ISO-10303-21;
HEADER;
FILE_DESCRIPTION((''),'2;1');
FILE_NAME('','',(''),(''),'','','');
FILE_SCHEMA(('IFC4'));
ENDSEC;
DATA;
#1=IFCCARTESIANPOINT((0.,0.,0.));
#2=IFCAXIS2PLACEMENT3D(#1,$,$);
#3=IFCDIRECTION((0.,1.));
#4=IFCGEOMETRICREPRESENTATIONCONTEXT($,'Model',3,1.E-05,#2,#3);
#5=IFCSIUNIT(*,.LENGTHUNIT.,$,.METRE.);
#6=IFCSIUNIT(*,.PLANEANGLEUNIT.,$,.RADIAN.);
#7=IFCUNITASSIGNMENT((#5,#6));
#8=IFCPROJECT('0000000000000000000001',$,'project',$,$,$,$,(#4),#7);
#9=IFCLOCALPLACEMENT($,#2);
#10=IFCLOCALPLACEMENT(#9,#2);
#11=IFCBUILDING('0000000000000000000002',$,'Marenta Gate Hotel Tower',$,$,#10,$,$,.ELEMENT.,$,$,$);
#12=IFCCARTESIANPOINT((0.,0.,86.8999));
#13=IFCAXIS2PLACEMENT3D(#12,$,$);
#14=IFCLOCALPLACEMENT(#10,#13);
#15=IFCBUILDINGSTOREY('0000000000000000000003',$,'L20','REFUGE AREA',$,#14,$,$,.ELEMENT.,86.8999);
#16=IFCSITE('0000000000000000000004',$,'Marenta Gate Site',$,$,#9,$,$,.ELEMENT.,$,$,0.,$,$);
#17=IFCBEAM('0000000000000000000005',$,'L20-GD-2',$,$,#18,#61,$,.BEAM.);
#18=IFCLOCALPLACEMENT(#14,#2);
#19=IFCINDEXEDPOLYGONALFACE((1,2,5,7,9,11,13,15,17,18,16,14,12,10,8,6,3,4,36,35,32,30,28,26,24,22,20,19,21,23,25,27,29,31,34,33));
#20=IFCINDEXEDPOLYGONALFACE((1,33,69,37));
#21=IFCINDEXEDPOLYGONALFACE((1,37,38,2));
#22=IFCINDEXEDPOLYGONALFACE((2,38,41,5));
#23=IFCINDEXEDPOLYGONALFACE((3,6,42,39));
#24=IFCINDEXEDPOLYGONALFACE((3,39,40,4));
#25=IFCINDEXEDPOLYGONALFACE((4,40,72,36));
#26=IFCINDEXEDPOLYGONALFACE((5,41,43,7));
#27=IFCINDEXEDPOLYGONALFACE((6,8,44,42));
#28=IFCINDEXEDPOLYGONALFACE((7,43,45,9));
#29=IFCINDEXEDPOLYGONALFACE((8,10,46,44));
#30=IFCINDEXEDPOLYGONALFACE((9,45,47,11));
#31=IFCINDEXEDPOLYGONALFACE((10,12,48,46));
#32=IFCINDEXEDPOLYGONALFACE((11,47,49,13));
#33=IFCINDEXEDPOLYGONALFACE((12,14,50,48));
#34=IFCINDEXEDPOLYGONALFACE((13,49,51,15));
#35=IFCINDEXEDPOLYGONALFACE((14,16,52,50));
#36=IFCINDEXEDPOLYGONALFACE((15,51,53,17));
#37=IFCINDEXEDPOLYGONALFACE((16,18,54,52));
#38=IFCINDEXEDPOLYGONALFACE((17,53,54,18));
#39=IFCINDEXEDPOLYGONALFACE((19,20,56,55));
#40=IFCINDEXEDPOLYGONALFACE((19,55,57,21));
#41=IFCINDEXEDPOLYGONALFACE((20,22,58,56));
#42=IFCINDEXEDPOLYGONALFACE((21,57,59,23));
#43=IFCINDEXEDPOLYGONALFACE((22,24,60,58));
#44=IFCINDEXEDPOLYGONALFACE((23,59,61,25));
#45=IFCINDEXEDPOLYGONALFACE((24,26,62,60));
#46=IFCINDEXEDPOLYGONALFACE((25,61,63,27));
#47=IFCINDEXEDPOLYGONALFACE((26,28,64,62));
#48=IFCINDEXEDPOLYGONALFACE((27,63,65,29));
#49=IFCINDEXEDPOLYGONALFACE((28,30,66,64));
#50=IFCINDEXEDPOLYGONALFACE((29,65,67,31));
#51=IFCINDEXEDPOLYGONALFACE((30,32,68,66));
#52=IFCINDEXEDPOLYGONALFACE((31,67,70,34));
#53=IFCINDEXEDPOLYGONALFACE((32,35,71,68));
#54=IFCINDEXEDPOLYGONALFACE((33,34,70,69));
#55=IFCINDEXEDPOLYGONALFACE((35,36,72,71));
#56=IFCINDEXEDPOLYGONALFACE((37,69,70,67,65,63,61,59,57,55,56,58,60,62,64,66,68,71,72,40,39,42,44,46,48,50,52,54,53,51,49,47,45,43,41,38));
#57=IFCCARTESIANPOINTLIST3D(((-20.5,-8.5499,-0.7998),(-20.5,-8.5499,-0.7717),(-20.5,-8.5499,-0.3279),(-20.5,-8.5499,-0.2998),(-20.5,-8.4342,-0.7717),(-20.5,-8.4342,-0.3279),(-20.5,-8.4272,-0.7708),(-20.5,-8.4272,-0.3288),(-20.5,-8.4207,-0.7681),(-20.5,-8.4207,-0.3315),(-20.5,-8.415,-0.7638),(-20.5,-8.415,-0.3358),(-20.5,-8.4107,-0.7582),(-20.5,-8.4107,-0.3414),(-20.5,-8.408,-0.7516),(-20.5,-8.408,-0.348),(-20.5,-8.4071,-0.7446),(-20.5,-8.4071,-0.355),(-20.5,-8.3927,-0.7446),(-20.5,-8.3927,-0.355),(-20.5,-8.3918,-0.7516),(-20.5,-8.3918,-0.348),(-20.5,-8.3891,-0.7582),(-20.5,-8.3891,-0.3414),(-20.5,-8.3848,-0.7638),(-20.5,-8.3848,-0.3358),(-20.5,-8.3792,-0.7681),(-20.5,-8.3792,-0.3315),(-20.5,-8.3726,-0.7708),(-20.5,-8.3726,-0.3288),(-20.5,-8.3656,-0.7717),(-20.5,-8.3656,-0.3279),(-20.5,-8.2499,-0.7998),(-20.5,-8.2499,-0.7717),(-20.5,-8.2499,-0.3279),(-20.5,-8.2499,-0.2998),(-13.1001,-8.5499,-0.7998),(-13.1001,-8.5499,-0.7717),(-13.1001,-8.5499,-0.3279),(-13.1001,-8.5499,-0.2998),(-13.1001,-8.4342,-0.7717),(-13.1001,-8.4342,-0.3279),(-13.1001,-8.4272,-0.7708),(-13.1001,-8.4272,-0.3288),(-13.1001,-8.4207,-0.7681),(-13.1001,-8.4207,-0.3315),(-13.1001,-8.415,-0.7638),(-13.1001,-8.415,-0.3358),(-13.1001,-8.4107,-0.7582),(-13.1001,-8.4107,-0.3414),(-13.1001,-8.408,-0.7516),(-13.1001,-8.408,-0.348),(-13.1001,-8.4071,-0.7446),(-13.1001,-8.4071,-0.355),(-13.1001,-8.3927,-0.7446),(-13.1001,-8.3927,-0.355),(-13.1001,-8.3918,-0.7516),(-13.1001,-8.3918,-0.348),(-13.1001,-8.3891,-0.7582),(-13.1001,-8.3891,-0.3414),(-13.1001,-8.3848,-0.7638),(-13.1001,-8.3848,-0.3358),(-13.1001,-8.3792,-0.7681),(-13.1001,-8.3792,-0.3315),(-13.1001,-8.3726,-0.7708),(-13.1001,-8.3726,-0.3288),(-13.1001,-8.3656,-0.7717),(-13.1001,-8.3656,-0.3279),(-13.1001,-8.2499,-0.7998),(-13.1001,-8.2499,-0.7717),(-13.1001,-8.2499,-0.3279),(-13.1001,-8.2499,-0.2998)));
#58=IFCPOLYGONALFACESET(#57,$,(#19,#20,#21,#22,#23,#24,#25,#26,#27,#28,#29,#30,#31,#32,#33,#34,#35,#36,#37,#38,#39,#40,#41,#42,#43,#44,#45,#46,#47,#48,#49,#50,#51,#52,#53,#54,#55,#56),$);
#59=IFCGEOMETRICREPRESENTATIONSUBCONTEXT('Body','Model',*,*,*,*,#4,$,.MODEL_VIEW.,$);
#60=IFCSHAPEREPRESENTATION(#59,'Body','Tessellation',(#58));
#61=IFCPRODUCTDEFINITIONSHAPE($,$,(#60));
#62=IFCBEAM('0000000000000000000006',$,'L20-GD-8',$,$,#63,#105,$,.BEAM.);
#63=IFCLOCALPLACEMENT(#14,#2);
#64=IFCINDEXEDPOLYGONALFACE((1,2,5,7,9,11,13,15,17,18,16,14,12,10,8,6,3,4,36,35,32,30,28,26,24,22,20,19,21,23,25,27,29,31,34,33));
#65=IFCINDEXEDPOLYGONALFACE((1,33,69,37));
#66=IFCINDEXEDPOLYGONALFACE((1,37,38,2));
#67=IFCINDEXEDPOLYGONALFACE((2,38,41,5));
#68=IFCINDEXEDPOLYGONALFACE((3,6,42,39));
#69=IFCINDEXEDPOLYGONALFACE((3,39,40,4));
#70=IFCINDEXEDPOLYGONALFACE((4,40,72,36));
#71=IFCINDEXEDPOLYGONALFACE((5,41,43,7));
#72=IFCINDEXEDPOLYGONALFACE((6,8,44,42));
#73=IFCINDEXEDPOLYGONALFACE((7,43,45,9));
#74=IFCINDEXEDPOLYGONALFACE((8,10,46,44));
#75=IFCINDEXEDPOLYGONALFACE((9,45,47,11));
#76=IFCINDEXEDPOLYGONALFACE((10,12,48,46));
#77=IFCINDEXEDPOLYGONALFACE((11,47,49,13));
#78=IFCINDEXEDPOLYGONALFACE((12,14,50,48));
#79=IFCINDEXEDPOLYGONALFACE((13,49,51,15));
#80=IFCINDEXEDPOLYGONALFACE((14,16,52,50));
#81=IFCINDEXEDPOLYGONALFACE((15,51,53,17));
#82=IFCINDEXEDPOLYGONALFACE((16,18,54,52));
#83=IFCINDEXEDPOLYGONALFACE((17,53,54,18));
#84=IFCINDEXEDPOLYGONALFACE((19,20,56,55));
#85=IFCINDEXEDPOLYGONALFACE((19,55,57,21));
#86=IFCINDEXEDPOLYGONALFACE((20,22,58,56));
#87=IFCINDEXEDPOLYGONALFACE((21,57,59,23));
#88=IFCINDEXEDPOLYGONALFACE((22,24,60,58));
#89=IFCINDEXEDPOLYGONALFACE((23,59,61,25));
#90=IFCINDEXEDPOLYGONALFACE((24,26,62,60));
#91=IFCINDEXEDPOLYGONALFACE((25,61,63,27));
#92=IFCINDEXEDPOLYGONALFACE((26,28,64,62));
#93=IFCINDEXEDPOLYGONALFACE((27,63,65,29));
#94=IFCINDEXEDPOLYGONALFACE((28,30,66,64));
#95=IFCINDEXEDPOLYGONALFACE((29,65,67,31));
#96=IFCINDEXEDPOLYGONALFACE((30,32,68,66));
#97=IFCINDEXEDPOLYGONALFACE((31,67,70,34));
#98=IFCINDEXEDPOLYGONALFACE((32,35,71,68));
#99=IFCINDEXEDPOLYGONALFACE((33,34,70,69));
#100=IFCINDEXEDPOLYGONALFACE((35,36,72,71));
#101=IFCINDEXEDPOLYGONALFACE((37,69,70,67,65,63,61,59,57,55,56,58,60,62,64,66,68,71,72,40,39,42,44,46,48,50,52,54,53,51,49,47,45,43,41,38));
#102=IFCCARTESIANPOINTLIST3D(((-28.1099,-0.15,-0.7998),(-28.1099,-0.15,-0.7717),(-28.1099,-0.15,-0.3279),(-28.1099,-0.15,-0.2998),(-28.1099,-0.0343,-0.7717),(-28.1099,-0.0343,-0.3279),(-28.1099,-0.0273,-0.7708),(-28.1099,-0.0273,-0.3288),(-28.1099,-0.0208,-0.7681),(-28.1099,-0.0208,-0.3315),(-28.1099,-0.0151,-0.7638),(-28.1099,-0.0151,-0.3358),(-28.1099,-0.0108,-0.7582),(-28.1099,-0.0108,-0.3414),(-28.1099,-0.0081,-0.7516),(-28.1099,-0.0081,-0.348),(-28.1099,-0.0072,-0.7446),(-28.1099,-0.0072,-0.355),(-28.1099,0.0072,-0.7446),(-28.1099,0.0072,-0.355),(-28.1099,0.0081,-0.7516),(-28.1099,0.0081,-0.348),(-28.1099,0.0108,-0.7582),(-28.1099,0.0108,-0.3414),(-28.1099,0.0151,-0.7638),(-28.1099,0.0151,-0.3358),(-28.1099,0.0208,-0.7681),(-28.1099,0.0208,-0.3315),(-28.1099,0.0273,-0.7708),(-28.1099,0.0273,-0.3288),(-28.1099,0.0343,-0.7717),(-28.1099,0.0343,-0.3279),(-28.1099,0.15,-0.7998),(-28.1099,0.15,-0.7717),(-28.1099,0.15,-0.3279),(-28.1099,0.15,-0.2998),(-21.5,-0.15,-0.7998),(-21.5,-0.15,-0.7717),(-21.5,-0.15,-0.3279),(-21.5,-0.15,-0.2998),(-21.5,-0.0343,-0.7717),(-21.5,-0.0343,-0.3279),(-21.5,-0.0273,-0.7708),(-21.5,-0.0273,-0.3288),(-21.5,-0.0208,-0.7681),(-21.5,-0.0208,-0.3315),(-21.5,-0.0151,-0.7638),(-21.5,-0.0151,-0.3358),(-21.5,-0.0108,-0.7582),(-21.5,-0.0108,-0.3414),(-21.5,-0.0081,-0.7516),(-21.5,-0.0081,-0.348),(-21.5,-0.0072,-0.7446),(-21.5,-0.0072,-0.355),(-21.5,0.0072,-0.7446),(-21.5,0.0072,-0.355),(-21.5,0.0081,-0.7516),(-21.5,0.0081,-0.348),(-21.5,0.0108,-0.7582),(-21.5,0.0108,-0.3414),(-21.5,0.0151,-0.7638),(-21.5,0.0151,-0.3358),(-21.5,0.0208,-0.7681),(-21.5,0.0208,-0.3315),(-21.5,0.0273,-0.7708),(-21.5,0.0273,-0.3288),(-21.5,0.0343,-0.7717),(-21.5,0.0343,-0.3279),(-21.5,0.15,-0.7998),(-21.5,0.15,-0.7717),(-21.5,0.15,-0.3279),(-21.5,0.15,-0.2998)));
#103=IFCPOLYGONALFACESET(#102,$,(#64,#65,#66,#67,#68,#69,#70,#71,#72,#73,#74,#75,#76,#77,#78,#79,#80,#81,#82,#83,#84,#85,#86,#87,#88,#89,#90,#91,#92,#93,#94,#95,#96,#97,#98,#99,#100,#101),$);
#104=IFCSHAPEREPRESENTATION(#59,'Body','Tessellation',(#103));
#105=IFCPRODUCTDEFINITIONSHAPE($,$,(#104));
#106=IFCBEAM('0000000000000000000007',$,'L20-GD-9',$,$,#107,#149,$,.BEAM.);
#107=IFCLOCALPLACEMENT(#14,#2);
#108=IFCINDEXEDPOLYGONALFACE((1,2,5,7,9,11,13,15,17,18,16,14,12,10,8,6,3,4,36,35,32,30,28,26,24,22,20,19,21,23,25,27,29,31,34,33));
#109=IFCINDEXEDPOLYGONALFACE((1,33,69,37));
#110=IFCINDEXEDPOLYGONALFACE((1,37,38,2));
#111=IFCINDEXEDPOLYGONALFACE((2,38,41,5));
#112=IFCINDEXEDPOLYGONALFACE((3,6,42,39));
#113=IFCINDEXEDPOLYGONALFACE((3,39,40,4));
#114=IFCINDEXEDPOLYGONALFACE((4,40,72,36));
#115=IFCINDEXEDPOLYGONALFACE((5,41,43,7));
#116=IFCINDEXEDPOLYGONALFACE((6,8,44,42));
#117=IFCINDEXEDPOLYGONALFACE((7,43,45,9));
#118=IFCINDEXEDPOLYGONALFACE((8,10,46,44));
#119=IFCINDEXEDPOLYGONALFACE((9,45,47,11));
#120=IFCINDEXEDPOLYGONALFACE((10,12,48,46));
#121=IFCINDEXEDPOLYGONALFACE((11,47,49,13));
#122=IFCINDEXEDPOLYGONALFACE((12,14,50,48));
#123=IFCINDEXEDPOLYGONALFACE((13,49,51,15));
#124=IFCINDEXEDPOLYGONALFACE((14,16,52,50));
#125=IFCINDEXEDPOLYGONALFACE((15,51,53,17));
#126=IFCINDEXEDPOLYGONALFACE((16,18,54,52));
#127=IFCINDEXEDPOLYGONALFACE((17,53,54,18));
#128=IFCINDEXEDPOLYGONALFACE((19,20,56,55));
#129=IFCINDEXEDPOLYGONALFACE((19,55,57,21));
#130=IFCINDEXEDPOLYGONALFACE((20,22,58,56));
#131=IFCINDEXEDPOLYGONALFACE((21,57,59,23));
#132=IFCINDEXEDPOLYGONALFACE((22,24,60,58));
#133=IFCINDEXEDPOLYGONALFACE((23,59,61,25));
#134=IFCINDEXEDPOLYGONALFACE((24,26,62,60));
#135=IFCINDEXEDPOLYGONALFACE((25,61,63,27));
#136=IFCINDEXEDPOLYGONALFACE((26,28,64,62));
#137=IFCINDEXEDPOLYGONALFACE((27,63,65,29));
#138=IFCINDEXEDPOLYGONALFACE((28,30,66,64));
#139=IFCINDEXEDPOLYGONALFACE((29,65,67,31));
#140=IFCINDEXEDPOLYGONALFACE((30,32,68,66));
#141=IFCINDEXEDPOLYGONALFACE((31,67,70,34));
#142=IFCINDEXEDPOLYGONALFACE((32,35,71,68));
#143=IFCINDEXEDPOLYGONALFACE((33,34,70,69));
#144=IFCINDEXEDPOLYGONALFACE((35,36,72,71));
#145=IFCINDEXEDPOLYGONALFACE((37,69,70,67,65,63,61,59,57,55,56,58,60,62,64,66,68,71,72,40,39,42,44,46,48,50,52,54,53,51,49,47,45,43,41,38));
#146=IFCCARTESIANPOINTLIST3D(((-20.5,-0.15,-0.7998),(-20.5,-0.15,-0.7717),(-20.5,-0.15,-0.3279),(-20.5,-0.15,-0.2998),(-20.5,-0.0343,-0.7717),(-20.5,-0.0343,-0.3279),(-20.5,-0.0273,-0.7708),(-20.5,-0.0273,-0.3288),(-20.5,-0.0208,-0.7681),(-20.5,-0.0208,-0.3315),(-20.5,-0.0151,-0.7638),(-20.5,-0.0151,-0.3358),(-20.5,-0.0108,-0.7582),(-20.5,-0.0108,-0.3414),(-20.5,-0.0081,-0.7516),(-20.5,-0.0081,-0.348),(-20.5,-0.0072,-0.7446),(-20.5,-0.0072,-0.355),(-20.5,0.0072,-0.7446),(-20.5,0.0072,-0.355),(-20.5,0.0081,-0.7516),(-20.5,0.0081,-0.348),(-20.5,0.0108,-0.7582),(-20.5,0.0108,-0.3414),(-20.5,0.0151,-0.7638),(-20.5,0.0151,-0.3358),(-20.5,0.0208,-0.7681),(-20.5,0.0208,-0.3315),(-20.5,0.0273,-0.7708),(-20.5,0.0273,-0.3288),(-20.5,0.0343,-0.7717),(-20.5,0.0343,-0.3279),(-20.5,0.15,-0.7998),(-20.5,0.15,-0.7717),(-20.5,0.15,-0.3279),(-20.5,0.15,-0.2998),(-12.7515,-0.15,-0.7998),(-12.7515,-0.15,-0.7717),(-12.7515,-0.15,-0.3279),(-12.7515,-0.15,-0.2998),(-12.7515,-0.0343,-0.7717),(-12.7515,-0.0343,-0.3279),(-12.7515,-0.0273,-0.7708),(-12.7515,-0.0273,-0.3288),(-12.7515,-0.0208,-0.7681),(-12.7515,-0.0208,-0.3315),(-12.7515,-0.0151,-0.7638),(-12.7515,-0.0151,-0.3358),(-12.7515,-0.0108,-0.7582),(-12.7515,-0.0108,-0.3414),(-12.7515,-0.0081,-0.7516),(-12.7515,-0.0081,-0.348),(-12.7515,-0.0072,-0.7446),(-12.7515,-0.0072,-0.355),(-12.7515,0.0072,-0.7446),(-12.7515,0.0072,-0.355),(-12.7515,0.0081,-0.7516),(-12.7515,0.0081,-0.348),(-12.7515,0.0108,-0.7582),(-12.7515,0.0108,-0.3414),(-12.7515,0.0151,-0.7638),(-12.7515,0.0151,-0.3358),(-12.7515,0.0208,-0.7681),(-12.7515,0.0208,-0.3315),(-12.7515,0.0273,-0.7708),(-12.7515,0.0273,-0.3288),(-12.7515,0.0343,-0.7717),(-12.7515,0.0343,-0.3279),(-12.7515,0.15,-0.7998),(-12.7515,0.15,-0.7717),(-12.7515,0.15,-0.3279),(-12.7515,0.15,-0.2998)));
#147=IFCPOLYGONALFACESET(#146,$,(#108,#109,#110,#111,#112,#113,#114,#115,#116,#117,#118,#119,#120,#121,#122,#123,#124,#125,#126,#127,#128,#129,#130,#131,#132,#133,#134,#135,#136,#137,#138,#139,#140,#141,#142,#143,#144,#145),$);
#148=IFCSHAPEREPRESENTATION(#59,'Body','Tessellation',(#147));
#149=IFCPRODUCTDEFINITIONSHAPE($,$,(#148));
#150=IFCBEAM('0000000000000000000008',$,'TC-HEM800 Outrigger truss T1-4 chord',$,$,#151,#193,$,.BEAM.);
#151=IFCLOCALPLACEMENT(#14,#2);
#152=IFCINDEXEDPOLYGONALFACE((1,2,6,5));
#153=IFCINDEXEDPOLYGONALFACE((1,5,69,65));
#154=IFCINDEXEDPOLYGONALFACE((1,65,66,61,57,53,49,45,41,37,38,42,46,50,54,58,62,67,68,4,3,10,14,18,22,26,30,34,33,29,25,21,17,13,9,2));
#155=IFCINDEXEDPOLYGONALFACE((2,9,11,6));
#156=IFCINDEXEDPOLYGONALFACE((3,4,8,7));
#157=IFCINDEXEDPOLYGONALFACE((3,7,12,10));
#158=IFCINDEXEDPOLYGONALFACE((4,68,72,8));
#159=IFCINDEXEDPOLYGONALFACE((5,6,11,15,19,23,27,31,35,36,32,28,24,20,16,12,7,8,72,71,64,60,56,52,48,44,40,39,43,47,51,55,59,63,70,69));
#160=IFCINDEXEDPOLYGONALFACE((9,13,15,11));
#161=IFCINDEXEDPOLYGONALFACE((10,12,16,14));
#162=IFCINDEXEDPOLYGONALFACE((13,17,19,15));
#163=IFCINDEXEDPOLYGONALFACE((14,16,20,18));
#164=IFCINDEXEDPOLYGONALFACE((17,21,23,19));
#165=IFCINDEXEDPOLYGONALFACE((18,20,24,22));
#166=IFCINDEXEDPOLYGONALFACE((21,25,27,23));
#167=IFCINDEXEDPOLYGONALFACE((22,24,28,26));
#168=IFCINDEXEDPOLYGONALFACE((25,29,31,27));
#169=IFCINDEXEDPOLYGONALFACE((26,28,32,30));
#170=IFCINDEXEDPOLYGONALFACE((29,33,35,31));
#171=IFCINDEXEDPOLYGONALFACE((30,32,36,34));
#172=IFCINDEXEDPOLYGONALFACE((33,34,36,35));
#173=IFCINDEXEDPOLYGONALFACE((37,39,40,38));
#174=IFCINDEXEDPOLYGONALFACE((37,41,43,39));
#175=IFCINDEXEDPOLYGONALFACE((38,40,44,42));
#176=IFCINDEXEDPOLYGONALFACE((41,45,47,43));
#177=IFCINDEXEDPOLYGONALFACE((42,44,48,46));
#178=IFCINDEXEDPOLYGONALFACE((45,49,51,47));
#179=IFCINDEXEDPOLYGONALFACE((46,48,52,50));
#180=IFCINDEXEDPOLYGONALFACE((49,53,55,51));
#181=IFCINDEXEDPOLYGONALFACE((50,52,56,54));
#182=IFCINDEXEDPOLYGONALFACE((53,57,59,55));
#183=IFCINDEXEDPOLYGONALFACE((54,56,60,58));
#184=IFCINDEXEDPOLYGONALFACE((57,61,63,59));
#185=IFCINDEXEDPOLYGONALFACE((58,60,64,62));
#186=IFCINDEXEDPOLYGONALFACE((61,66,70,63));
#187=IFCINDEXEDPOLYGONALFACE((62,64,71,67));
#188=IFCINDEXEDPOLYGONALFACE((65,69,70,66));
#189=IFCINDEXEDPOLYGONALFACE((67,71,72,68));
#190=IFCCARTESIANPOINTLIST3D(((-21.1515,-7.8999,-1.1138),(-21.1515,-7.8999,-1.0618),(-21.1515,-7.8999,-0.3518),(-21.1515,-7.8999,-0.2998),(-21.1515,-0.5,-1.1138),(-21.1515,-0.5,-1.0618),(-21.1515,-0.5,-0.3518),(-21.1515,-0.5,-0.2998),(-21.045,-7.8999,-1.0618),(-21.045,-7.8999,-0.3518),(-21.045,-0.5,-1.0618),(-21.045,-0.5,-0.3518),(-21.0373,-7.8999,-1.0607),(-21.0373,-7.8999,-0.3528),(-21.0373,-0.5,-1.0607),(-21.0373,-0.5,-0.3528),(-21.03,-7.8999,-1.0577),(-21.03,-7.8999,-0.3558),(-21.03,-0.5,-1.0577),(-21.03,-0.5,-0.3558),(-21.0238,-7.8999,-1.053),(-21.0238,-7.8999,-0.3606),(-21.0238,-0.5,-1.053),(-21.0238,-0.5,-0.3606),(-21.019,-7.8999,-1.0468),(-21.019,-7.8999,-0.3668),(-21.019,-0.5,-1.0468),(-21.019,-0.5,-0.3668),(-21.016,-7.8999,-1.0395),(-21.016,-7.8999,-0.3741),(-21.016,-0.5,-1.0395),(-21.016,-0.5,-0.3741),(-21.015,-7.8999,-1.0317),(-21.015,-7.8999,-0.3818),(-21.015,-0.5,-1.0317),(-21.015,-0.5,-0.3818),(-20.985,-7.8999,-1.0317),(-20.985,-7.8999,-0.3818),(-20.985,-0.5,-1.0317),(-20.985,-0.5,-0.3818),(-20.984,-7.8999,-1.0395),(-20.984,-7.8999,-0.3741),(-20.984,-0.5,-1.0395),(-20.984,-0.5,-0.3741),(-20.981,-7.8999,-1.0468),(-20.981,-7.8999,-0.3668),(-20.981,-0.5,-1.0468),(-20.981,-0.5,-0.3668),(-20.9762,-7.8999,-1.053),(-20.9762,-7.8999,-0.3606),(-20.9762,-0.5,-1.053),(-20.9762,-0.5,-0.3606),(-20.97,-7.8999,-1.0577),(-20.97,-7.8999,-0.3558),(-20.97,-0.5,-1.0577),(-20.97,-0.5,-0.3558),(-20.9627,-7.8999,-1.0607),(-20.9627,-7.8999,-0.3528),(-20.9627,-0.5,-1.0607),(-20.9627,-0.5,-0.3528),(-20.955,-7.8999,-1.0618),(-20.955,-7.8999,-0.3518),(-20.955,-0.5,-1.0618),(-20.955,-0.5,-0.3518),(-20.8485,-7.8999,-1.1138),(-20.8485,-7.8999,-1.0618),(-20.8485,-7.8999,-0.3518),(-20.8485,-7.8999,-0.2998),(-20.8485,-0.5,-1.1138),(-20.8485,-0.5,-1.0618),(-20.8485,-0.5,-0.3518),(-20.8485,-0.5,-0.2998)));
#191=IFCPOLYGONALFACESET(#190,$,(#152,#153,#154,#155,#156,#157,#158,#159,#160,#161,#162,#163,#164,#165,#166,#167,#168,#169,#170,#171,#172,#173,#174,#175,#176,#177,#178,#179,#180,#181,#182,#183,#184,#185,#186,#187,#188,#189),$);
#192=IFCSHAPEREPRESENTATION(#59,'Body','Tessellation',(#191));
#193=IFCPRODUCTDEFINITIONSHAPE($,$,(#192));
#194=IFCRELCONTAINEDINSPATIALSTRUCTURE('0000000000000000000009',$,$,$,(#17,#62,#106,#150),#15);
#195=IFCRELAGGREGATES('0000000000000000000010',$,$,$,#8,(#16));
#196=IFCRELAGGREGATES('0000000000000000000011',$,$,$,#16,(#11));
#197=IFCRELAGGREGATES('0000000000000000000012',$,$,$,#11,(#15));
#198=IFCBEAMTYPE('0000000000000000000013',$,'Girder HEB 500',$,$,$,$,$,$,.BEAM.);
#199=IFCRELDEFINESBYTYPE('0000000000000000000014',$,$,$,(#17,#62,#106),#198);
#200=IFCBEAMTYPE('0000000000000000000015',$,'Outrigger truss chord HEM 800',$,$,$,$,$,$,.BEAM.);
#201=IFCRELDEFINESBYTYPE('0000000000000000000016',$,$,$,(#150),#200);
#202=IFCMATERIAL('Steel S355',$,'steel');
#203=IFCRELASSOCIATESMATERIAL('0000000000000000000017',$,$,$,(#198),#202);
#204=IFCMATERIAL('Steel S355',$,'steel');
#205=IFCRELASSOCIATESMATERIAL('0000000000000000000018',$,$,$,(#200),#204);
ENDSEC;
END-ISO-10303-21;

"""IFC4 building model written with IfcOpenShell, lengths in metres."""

from ifc_helpers import new_model, si_unit, direction, frame, origin, origin_2d, place, context, subcontext, project, spatial, i_section, extrude, material, material_profile, profile_set, type_object, element, save


model = new_model("IFC4")

# Units and contexts
model_context = context("Model", 3, precision=1e-05, world=origin(), true_north=direction((0.0, 1.0)))
body_context = subcontext(model_context, "Body", "Model", "MODEL_VIEW")
ifc_project = project(units=[si_unit("LENGTHUNIT", "METRE"), si_unit("PLANEANGLEUNIT", "RADIAN")], contexts=[model_context])

# Site, building, storey
site_placement = place(None, origin())
site = spatial("IfcSite", under=ifc_project, at=site_placement, Name="Marenta Gate Site", CompositionType="ELEMENT", RefElevation=0.0)
building_placement = place(site_placement, origin())
building = spatial("IfcBuilding", under=site, at=building_placement, Name="Marenta Gate Hotel Tower", CompositionType="ELEMENT")
storey_placement = place(building_placement, frame((0.0, 0.0, 86.8999)))
storey = spatial("IfcBuildingStorey", under=building, at=storey_placement, Name="L20", Description="REFUGE AREA", CompositionType="ELEMENT", Elevation=86.8999)

# Beams
ifc_material_1 = material(Name="Steel S355", Category="steel")
ifc_material_profile_1 = material_profile(ifc_material_1, i_section(OverallWidth=0.3, OverallDepth=0.5, WebThickness=0.0144, FlangeThickness=0.0281, FilletRadius=0.0271, at=origin_2d()), Name="HEB 500")
ifc_profile_set_1 = profile_set([ifc_material_profile_1], Name="Steel S355")
beam_type_1 = type_object("IfcBeamType", Name="Girder HEB 500", PredefinedType="BEAM", material=ifc_profile_set_1)
beam_1_placement = place(storey_placement, frame((-20.5, -8.3999, -0.5498), z_axis=(1.0, 0.0, 0.0), x_axis=(0.0, 1.0, 0.0)))
element("IfcBeam", 1, at=beam_1_placement, inside=storey, type_object=beam_type_1, Name="L20-GD-2", PredefinedType="BEAM", context=body_context, shape_type="SweptSolid", body=[
    extrude(i_section(OverallWidth=0.3, OverallDepth=0.5, WebThickness=0.0144, FlangeThickness=0.0281, FilletRadius=0.0271, at=origin_2d()), origin(), (0.0, 0.0, 1.0), 7.3999),
])
beam_2_placement = place(storey_placement, frame((-28.1099, 0.0, -0.5498), z_axis=(1.0, 0.0, 0.0), x_axis=(0.0, 1.0, 0.0)))
element("IfcBeam", 2, at=beam_2_placement, inside=storey, type_object=beam_type_1, Name="L20-GD-8", PredefinedType="BEAM", context=body_context, shape_type="SweptSolid", body=[
    extrude(i_section(OverallWidth=0.3, OverallDepth=0.5, WebThickness=0.0144, FlangeThickness=0.0281, FilletRadius=0.0271, at=origin_2d()), origin(), (0.0, 0.0, 1.0), 6.6099),
])
beam_3_placement = place(storey_placement, frame((-20.5, 0.0, -0.5498), z_axis=(1.0, 0.0, 0.0), x_axis=(0.0, 1.0, 0.0)))
element("IfcBeam", 3, at=beam_3_placement, inside=storey, type_object=beam_type_1, Name="L20-GD-9", PredefinedType="BEAM", context=body_context, shape_type="SweptSolid", body=[
    extrude(i_section(OverallWidth=0.3, OverallDepth=0.5, WebThickness=0.0144, FlangeThickness=0.0281, FilletRadius=0.0271, at=origin_2d()), origin(), (0.0, 0.0, 1.0), 7.7485),
])
ifc_material_2 = material(Name="Steel S355", Category="steel")
ifc_material_profile_2 = material_profile(ifc_material_2, i_section(OverallWidth=0.303, OverallDepth=0.814, WebThickness=0.03, FlangeThickness=0.052, FilletRadius=0.03, at=origin_2d()), Name="HEM 800")
ifc_profile_set_2 = profile_set([ifc_material_profile_2], Name="Steel S355")
beam_type_2 = type_object("IfcBeamType", Name="Outrigger truss chord HEM 800", PredefinedType="BEAM", material=ifc_profile_set_2)
beam_4_placement = place(storey_placement, frame((-21.0, -0.5, -0.7068), z_axis=(0.0, -1.0, 0.0), x_axis=(1.0, 0.0, 0.0)))
element("IfcBeam", 4, at=beam_4_placement, inside=storey, type_object=beam_type_2, Name="TC-HEM800 Outrigger truss T1-4 chord", PredefinedType="BEAM", context=body_context, shape_type="SweptSolid", body=[
    extrude(i_section(OverallWidth=0.303, OverallDepth=0.814, WebThickness=0.03, FlangeThickness=0.052, FilletRadius=0.03, at=origin_2d()), origin(), (0.0, 0.0, 1.0), 7.3999),
])

save(model, "model.ifc")
